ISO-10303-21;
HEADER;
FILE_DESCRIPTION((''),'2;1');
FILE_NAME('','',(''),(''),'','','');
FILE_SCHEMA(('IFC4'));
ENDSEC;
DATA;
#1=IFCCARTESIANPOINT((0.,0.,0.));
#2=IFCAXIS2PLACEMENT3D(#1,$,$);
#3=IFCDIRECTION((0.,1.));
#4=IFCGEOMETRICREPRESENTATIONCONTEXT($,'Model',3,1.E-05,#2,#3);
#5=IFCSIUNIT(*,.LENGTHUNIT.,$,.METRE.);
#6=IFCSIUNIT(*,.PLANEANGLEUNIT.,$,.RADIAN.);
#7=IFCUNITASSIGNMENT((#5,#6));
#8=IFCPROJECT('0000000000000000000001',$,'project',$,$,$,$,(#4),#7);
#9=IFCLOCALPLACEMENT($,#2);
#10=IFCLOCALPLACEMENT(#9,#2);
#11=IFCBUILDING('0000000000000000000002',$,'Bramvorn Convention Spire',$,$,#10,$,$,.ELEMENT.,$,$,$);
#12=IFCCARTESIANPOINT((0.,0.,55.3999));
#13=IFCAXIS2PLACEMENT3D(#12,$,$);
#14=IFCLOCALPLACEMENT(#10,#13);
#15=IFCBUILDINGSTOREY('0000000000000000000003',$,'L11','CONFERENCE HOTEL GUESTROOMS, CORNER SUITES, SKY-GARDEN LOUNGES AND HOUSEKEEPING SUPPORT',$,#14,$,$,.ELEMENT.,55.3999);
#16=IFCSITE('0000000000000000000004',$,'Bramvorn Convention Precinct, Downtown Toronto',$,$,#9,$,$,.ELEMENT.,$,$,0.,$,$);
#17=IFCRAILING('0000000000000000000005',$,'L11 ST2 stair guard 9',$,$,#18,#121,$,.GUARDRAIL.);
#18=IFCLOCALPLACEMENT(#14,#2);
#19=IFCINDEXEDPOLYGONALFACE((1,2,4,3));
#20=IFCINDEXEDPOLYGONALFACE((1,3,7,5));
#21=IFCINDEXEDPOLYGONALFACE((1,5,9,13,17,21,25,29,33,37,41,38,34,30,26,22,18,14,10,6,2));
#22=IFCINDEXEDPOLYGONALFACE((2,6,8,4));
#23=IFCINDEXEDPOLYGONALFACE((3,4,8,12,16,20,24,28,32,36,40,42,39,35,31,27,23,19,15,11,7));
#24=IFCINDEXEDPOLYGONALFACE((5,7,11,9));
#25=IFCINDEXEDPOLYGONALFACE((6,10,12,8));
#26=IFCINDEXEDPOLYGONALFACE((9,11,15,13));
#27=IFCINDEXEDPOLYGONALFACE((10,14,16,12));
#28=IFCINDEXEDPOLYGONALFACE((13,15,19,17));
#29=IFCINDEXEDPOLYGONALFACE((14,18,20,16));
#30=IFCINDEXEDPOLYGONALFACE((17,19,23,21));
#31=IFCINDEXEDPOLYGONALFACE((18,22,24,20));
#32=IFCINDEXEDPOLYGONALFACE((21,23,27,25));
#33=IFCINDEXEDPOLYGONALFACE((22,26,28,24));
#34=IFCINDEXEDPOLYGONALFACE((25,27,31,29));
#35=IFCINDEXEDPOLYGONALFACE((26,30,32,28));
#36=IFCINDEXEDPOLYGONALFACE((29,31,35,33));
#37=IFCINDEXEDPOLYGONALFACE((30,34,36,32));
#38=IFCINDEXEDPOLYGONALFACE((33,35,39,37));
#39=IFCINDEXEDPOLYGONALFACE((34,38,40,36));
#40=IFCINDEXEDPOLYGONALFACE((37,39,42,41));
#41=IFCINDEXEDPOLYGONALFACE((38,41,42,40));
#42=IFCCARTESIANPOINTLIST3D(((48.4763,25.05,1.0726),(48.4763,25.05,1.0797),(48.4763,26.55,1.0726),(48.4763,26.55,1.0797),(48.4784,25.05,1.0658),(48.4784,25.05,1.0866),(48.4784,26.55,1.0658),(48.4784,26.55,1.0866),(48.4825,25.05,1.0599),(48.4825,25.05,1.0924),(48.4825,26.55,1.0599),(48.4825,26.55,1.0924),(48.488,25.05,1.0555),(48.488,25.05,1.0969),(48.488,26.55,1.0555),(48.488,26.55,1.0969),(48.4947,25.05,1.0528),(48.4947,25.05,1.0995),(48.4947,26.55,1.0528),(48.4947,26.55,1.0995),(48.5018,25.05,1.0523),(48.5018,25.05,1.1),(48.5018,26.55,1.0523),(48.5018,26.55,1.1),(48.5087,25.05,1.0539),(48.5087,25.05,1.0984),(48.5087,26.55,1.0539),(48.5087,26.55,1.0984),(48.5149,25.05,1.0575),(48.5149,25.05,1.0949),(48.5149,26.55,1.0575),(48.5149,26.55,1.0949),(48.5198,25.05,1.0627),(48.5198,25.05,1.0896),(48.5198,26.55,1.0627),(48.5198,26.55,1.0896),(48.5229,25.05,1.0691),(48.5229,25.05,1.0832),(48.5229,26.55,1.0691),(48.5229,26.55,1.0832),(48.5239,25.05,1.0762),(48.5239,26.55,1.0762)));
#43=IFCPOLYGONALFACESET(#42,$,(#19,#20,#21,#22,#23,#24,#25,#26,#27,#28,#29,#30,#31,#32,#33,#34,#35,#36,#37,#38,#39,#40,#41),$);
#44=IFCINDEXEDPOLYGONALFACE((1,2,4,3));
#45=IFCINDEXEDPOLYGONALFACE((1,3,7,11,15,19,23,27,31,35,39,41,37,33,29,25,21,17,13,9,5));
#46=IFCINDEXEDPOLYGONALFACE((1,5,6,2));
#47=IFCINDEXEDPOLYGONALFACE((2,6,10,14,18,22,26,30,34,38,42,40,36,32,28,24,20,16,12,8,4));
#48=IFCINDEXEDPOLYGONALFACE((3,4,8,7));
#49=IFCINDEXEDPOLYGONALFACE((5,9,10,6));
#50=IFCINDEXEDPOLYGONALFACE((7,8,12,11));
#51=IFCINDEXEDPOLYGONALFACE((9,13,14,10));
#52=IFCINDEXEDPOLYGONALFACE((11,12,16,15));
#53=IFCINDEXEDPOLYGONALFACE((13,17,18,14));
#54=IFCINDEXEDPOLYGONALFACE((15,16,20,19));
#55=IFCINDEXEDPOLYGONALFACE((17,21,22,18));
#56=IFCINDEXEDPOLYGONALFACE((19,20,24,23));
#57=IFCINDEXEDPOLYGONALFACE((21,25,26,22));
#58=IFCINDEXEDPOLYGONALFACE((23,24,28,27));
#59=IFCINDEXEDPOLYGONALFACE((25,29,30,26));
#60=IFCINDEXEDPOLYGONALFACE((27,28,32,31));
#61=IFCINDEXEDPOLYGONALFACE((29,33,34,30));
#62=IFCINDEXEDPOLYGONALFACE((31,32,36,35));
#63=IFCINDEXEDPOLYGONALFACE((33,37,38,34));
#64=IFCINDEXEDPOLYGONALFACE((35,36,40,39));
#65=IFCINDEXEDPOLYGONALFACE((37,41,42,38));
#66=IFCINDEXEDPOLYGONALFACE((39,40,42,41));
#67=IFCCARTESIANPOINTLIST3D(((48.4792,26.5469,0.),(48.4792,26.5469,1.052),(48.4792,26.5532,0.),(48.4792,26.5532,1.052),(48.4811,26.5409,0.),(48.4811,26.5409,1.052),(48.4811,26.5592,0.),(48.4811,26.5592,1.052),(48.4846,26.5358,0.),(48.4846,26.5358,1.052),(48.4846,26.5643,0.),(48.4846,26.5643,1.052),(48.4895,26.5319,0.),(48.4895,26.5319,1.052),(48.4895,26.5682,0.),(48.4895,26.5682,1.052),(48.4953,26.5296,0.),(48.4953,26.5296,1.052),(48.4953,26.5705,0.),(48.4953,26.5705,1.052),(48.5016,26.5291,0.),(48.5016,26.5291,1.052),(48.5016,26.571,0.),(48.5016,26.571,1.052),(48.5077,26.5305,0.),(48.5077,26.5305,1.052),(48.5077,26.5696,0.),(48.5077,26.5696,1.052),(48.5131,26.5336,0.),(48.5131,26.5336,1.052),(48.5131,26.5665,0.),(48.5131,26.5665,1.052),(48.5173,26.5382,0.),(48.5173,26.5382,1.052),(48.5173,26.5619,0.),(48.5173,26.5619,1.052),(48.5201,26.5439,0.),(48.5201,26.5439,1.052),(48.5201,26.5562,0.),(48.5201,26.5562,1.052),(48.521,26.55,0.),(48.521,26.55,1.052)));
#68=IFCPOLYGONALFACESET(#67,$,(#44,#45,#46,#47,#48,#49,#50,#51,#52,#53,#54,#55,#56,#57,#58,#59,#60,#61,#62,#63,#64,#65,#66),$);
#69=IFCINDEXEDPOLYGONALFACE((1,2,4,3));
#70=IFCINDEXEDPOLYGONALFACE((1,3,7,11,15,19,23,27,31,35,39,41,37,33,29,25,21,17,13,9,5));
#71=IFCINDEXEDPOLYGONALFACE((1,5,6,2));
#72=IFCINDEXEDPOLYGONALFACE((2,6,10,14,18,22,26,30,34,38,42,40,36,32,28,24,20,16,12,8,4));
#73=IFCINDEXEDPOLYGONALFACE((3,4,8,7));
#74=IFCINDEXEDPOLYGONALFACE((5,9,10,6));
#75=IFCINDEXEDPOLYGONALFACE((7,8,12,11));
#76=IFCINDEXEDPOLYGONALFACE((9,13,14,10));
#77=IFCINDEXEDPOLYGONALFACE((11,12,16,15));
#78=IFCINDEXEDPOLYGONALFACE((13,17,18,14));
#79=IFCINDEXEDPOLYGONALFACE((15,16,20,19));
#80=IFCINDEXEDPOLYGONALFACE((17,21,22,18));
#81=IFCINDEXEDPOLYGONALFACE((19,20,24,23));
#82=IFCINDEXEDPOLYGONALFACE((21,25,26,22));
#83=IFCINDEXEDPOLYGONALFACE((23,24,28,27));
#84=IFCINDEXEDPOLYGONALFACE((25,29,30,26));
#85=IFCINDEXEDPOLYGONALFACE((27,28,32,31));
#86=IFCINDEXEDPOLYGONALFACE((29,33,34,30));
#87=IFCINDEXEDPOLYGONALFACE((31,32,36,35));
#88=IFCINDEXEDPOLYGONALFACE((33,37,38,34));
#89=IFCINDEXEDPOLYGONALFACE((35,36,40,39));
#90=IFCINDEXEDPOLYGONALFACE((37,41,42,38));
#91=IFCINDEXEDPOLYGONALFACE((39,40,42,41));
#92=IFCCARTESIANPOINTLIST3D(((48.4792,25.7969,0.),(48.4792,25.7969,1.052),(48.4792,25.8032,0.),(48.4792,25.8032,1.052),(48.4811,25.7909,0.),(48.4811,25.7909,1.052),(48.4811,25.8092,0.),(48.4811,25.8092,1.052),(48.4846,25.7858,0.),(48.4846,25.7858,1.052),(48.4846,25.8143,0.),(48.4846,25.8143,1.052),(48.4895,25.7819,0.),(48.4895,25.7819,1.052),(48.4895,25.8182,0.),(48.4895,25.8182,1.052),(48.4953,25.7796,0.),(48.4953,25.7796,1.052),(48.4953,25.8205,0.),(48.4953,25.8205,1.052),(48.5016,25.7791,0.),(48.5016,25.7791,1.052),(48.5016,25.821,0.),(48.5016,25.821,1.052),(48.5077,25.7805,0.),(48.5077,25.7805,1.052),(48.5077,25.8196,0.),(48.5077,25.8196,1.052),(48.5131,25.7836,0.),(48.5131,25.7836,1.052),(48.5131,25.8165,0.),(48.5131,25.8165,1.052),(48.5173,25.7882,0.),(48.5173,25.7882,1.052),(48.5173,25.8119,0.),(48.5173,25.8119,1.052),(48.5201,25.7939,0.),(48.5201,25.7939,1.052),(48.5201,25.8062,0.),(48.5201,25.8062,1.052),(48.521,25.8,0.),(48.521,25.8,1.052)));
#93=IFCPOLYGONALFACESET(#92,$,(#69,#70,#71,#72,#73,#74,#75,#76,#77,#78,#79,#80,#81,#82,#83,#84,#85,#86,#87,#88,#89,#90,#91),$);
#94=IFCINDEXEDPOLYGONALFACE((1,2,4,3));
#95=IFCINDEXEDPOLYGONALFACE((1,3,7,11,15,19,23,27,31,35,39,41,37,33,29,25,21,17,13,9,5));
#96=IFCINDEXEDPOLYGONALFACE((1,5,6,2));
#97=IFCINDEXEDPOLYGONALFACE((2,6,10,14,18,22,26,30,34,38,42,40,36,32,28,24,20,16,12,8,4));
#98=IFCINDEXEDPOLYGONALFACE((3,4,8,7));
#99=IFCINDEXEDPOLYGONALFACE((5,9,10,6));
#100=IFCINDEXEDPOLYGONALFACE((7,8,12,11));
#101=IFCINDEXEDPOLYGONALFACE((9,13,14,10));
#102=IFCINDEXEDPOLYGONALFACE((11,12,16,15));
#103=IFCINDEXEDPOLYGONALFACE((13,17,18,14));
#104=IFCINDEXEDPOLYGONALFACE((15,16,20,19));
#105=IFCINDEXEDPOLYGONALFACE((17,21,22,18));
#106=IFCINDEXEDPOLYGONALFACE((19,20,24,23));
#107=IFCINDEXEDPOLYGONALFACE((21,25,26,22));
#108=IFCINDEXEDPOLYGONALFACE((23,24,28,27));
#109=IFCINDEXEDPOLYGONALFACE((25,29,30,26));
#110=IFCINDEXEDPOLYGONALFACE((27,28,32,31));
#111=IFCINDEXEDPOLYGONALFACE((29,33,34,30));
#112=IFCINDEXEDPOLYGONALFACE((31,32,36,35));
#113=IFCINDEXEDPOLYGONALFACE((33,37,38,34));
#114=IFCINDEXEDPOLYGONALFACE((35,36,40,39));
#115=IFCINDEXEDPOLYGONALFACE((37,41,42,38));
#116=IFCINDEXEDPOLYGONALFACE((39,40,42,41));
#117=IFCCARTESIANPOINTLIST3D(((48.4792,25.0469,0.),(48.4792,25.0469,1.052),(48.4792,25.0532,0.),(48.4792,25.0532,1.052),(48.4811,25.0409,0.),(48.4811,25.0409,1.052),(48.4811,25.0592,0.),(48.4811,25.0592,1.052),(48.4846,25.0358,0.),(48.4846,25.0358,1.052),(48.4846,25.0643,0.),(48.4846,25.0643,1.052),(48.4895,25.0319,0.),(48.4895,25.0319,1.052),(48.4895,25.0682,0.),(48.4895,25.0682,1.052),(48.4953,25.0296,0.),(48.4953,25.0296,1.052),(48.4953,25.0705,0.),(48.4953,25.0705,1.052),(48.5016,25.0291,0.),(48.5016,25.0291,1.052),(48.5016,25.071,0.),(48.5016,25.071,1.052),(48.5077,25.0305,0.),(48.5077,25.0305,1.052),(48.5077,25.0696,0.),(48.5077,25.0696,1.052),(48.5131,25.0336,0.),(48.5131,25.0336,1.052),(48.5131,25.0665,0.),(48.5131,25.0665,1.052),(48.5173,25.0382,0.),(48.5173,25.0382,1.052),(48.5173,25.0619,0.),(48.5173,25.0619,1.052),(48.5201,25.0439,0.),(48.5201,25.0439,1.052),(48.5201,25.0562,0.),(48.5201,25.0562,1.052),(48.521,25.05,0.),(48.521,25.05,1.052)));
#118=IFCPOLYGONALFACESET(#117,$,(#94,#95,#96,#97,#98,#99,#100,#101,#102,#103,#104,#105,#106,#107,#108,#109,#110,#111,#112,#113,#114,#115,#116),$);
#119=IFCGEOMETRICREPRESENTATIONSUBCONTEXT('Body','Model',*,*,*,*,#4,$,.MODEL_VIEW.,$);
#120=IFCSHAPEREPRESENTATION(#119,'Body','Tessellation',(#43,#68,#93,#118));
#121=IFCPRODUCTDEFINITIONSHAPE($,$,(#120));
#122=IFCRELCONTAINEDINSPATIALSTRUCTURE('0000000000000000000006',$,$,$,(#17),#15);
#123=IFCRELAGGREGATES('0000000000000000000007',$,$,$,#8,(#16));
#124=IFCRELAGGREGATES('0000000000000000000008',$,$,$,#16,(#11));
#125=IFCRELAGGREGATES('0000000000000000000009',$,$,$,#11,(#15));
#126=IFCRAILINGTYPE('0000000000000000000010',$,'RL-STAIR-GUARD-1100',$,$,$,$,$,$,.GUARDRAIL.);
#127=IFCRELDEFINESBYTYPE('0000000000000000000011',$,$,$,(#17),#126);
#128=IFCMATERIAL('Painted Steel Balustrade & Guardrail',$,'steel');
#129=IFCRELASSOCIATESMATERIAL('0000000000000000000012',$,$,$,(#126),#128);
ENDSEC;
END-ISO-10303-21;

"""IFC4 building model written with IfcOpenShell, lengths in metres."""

from ifc_helpers import new_model, si_unit, direction, frame, origin, origin_2d, place, context, subcontext, project, spatial, circle, extrude, material, type_object, element, save


model = new_model("IFC4")

# Units and contexts
model_context = context("Model", 3, precision=1e-05, world=origin(), true_north=direction((0.0, 1.0)))
body_context = subcontext(model_context, "Body", "Model", "MODEL_VIEW")
ifc_project = project(units=[si_unit("LENGTHUNIT", "METRE"), si_unit("PLANEANGLEUNIT", "RADIAN")], contexts=[model_context])

# Site, building, storey
site_placement = place(None, origin())
site = spatial("IfcSite", under=ifc_project, at=site_placement, Name="Bramvorn Convention Precinct, Downtown Toronto", CompositionType="ELEMENT", RefElevation=0.0)
building_placement = place(site_placement, origin())
building = spatial("IfcBuilding", under=site, at=building_placement, Name="Bramvorn Convention Spire", CompositionType="ELEMENT")
storey_placement = place(building_placement, frame((0.0, 0.0, 55.3999)))
storey = spatial("IfcBuildingStorey", under=building, at=storey_placement, Name="L11", Description="CONFERENCE HOTEL GUESTROOMS, CORNER SUITES, SKY-GARDEN LOUNGES AND HOUSEKEEPING SUPPORT", CompositionType="ELEMENT", Elevation=55.3999)

# Railing
ifc_material_1 = material(Name="Painted Steel Balustrade & Guardrail", Category="steel")
railing_type_1 = type_object("IfcRailingType", Name="RL-STAIR-GUARD-1100", PredefinedType="GUARDRAIL", material=ifc_material_1)
for number, where, name in (
    (1, (48.5, 26.55, 0.0), "L11 ST2 stair guard 9"),
):
    element("IfcRailing", number, at=place(storey_placement, frame(where)), inside=storey, type_object=railing_type_1, Name=name, PredefinedType="GUARDRAIL", context=body_context, shape_type="SweptSolid", body=[
        extrude(circle(Radius=0.0239, at=origin_2d()), frame((0.0, 0.0, 1.0762), z_axis=(0.0, -1.0, 0.0), x_axis=(1.0, 0.0, 0.0)), (0.0, 0.0, 1.0), 1.5),
        extrude(circle(Radius=0.021, at=origin_2d()), origin(), (0.0, 0.0, 1.0), 1.052),
        extrude(circle(Radius=0.021, at=origin_2d()), frame((0.0, -0.75, 0.0)), (0.0, 0.0, 1.0), 1.052),
        extrude(circle(Radius=0.021, at=origin_2d()), frame((0.0, -1.5, 0.0)), (0.0, 0.0, 1.0), 1.052),
    ])

save(model, "model.ifc")
